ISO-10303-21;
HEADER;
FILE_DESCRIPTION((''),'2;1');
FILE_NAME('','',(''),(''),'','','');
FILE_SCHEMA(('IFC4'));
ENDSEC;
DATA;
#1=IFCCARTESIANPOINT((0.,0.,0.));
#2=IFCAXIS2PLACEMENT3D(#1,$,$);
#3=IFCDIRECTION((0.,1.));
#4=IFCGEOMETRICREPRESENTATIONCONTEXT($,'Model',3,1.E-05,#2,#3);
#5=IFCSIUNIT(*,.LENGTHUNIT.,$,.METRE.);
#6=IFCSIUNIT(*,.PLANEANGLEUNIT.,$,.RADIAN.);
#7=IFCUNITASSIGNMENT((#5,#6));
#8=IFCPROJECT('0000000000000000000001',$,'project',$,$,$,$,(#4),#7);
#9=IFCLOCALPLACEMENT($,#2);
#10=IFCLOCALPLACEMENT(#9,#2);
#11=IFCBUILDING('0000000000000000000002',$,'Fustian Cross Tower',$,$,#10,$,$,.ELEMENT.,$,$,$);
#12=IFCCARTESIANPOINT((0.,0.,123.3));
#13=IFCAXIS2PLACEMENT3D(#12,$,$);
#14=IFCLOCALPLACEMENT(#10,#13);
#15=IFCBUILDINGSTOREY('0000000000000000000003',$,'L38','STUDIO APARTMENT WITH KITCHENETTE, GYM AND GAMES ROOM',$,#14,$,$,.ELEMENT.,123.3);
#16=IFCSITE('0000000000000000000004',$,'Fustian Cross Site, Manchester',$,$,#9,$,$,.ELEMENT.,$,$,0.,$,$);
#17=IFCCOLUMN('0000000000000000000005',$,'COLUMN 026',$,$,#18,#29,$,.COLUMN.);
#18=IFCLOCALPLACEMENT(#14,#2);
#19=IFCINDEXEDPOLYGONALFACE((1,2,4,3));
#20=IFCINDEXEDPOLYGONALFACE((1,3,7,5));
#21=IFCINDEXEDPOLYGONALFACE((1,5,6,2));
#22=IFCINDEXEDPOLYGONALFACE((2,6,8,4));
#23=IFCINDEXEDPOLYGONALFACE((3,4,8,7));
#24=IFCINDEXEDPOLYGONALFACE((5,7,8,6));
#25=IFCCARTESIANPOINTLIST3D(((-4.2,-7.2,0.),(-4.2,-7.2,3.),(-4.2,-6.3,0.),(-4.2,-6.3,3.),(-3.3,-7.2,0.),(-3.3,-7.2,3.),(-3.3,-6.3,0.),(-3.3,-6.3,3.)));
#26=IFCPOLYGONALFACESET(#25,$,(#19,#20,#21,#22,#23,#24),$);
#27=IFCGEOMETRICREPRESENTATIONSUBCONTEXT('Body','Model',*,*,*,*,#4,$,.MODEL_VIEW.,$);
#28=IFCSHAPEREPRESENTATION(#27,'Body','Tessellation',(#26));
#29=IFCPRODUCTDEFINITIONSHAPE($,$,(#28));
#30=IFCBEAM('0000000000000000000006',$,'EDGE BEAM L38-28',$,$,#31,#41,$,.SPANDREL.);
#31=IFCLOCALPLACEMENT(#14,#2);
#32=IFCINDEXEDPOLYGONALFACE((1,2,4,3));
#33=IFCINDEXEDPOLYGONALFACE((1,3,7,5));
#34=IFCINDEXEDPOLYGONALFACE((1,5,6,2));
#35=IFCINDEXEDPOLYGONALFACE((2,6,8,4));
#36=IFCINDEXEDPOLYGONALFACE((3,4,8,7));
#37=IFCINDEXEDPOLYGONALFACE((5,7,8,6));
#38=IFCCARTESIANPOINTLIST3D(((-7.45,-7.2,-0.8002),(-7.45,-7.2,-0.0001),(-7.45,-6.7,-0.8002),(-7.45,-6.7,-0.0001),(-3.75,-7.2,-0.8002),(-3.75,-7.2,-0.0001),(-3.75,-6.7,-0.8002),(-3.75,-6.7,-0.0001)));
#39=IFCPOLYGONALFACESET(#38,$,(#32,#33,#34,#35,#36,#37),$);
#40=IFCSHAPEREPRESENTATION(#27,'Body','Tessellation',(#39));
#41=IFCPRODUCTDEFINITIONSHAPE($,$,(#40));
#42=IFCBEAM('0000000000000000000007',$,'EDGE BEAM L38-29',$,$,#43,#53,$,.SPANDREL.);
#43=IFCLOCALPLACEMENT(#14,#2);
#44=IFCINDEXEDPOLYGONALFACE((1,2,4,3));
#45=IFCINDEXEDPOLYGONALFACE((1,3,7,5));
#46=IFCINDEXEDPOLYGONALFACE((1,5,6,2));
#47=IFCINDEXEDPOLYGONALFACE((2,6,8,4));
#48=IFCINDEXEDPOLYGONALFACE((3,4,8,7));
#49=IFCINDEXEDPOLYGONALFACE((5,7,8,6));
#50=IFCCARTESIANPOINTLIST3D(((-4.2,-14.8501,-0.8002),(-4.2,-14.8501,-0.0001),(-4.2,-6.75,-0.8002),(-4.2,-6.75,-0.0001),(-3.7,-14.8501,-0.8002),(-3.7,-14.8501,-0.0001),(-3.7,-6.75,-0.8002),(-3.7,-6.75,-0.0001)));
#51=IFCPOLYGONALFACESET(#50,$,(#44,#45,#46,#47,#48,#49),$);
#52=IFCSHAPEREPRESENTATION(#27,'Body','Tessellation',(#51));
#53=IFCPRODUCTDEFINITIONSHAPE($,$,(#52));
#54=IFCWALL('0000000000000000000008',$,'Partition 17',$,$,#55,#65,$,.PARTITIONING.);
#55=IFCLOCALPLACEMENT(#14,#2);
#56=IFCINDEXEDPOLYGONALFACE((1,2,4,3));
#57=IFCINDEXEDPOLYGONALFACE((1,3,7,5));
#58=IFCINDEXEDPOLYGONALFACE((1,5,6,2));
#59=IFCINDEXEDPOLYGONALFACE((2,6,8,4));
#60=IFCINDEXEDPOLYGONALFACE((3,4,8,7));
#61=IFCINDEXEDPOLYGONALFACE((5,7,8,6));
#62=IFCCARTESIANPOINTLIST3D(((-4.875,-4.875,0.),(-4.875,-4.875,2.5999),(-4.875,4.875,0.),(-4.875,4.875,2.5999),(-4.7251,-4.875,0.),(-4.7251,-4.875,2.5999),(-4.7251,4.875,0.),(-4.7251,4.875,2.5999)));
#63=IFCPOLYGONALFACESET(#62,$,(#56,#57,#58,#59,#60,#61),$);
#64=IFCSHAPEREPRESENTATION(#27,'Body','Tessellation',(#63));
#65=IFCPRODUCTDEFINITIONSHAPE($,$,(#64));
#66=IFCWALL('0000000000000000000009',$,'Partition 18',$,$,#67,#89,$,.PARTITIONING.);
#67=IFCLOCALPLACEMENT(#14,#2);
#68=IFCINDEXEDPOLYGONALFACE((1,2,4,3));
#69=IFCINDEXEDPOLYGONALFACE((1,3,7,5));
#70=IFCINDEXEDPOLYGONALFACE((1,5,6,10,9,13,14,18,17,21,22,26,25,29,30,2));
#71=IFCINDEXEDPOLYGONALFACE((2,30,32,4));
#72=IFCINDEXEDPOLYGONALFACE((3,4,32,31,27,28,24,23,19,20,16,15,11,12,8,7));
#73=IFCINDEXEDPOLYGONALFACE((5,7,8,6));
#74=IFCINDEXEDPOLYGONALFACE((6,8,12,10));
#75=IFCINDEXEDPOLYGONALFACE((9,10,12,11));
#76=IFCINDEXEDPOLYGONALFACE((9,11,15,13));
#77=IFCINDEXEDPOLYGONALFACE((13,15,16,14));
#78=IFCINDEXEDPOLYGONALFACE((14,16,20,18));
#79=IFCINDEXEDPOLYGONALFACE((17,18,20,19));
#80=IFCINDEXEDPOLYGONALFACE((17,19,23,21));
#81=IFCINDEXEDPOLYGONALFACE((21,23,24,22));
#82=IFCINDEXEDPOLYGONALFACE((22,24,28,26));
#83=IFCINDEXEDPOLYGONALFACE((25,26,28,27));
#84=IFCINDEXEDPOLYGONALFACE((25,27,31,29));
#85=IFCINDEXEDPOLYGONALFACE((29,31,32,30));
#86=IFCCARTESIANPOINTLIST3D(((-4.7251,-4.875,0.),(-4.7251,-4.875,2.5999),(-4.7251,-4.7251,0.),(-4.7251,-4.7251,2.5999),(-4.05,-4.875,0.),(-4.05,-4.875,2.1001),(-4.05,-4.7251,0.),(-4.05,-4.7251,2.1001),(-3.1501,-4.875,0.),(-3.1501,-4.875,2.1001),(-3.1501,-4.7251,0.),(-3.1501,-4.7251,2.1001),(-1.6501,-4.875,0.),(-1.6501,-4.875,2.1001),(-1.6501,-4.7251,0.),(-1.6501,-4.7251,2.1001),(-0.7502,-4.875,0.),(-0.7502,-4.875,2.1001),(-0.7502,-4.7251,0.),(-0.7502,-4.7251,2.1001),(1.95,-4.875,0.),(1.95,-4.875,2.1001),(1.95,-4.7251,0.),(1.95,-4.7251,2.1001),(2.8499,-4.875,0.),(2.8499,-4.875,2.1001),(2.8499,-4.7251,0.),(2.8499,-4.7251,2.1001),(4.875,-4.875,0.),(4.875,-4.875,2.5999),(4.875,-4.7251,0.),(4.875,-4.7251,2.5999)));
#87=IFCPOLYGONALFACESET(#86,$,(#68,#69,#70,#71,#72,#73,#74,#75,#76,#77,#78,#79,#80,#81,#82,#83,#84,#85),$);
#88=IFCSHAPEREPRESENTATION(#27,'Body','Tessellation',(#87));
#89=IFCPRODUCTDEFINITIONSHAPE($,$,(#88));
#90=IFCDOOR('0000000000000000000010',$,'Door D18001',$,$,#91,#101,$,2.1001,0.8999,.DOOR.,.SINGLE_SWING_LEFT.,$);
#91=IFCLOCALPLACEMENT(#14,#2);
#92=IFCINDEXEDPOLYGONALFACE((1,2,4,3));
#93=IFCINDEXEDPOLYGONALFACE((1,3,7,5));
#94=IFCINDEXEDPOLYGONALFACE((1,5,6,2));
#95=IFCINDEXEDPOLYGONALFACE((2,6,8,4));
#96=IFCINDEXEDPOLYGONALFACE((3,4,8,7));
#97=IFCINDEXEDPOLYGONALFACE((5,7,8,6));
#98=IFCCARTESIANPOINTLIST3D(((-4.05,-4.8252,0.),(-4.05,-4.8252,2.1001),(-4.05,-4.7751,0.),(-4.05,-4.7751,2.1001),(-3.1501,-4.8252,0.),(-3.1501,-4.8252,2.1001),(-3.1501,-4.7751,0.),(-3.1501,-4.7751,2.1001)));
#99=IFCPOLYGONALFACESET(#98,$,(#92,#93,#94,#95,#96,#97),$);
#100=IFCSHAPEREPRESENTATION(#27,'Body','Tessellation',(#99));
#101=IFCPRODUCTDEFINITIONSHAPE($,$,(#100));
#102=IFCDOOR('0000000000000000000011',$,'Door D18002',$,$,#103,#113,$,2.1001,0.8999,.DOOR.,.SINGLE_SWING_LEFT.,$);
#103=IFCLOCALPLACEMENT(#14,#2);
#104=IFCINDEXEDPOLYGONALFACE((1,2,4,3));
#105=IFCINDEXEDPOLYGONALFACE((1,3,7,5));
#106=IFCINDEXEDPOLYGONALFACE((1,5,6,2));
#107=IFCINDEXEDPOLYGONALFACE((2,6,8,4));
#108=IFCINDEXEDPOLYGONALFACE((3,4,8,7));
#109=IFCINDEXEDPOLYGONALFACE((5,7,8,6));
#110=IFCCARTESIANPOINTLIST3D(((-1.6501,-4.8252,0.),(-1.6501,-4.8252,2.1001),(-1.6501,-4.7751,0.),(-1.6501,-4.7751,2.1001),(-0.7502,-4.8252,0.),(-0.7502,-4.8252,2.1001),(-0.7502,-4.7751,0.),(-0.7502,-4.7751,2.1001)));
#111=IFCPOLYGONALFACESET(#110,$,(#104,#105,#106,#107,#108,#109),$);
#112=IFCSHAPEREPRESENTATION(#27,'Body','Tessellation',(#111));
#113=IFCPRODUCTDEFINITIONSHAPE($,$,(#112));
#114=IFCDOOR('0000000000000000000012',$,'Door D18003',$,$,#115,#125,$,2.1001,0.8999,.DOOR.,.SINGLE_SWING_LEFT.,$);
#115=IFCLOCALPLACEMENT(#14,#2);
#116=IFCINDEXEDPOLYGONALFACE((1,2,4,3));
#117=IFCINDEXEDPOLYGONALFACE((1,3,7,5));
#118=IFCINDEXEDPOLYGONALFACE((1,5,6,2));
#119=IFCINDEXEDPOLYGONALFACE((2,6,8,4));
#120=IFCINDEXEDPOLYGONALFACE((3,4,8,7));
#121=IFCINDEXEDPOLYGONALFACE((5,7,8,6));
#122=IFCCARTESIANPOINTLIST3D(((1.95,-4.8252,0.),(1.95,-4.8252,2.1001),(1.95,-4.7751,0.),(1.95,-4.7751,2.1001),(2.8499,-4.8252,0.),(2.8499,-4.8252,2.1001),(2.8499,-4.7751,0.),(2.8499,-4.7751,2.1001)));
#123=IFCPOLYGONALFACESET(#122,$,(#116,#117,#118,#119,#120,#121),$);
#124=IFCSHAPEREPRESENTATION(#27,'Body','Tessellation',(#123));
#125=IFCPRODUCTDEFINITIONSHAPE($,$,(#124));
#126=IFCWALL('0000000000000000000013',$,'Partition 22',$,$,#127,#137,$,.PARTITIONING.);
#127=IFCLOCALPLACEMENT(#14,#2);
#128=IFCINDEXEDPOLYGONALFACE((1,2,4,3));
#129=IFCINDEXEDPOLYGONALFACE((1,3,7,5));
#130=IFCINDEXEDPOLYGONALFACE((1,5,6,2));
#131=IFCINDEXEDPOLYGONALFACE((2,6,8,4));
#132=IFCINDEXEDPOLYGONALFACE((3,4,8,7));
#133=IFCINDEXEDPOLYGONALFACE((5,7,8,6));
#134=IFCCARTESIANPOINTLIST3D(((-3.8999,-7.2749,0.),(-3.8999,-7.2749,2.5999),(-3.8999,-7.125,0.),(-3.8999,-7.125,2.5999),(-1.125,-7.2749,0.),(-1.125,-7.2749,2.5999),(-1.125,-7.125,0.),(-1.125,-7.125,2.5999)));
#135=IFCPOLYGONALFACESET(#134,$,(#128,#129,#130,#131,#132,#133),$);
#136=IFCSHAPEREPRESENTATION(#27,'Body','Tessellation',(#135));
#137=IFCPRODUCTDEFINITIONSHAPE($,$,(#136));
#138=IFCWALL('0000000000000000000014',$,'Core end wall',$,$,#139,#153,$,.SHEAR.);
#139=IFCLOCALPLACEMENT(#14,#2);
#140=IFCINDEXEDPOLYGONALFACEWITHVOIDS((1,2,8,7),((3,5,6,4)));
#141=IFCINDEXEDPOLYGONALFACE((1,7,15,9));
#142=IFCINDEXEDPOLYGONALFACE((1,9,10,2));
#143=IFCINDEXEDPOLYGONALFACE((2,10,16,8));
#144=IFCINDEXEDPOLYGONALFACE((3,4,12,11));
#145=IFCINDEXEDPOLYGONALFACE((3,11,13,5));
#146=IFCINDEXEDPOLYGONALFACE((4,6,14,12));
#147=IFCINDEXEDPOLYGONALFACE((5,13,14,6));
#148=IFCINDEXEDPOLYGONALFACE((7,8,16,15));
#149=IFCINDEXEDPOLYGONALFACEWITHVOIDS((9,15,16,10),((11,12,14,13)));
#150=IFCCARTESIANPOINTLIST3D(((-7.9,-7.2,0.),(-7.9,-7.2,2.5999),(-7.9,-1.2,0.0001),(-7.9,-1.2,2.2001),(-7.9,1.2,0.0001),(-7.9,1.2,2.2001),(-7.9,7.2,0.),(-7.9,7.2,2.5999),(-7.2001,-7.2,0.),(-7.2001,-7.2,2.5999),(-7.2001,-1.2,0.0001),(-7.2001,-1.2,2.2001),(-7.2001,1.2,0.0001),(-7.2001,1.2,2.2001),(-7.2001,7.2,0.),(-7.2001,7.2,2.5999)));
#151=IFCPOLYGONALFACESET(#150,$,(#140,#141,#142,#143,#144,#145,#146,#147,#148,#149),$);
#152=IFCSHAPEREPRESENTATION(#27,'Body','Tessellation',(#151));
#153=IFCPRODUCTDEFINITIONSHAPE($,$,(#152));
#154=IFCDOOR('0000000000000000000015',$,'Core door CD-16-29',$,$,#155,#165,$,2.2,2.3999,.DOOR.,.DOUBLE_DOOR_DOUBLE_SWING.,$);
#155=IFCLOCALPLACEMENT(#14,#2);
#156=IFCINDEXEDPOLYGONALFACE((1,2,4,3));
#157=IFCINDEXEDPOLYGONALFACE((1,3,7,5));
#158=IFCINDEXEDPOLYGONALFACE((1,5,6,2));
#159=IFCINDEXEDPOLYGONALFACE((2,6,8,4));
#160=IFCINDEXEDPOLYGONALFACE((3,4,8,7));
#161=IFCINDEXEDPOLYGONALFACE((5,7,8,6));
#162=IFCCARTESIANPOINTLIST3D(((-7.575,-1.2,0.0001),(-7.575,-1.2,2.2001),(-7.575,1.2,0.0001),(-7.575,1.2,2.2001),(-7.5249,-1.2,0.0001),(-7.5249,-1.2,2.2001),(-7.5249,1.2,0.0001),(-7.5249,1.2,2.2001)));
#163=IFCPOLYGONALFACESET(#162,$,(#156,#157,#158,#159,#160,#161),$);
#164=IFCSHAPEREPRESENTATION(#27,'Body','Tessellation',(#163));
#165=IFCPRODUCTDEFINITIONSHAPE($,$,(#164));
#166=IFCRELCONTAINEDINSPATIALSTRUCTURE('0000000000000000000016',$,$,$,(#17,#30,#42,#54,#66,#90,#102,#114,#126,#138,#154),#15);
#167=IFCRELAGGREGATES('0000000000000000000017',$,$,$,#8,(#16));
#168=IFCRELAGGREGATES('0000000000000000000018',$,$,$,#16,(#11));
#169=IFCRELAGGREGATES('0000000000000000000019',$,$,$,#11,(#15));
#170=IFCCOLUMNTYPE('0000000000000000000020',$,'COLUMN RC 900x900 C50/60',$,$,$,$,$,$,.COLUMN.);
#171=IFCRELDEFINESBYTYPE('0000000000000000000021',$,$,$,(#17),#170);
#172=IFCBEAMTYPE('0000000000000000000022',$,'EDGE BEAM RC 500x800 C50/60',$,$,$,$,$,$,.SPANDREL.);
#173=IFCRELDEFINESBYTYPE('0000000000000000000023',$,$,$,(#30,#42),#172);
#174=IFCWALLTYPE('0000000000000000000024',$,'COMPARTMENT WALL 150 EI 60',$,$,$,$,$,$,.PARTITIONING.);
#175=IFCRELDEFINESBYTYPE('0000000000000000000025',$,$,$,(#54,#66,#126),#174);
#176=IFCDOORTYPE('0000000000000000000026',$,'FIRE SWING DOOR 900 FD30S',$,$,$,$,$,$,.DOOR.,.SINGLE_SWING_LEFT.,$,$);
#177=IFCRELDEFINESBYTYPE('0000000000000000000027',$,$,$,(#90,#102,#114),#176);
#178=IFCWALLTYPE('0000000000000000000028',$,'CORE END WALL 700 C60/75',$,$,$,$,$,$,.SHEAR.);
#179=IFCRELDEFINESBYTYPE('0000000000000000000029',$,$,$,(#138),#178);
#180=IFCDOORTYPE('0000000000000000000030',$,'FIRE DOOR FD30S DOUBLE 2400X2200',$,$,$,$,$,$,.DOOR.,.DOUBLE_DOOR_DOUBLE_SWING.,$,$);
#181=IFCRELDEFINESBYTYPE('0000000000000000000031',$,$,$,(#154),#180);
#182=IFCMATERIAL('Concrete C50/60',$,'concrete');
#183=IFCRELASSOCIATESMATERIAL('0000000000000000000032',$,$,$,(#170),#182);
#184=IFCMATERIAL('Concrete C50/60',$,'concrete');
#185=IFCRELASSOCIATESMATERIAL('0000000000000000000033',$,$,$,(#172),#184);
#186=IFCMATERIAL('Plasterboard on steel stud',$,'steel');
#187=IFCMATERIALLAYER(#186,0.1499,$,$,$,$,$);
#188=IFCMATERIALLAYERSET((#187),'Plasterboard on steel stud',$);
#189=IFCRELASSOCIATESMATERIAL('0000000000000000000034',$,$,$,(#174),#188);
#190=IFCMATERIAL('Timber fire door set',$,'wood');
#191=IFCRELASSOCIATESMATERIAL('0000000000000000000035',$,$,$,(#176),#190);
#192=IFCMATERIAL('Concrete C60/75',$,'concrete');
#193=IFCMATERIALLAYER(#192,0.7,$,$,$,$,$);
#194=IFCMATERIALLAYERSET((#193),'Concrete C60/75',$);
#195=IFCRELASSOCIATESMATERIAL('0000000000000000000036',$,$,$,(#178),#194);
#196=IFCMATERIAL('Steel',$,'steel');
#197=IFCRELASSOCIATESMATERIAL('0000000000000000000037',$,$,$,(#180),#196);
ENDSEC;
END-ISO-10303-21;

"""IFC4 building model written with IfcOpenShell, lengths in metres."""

from ifc_helpers import new_model, si_unit, direction, frame, frame_2d, origin, origin_2d, place, context, subcontext, project, spatial, rectangle, extrude, material, layer, layer_set, material_profile, profile_set, type_object, element, fill, save


model = new_model("IFC4")

# Units and contexts
model_context = context("Model", 3, precision=1e-05, world=origin(), true_north=direction((0.0, 1.0)))
body_context = subcontext(model_context, "Body", "Model", "MODEL_VIEW")
ifc_project = project(units=[si_unit("LENGTHUNIT", "METRE"), si_unit("PLANEANGLEUNIT", "RADIAN")], contexts=[model_context])

# Site, building, storey
site_placement = place(None, origin())
site = spatial("IfcSite", under=ifc_project, at=site_placement, Name="Fustian Cross Site, Manchester", CompositionType="ELEMENT", RefElevation=0.0)
building_placement = place(site_placement, origin())
building = spatial("IfcBuilding", under=site, at=building_placement, Name="Fustian Cross Tower", CompositionType="ELEMENT")
storey_placement = place(building_placement, frame((0.0, 0.0, 123.3)))
storey = spatial("IfcBuildingStorey", under=building, at=storey_placement, Name="L38", Description="STUDIO APARTMENT WITH KITCHENETTE, GYM AND GAMES ROOM", CompositionType="ELEMENT", Elevation=123.3)

# Column
ifc_material_1 = material(Name="Concrete C50/60", Category="concrete")
ifc_material_profile_1 = material_profile(ifc_material_1, rectangle(XDim=0.8999, YDim=0.8999, at=origin_2d()), Name="RC 900x900")
ifc_profile_set_1 = profile_set([ifc_material_profile_1], Name="Concrete C50/60")
column_type = type_object("IfcColumnType", Name="COLUMN RC 900x900 C50/60", PredefinedType="COLUMN", material=ifc_profile_set_1)
column_placement = place(storey_placement, frame((-3.75, -6.75, 0.0), z_axis=(0.0, 0.0, 1.0), x_axis=(1.0, 0.0, 0.0)))
element("IfcColumn", 1, at=column_placement, inside=storey, type_object=column_type, Name="COLUMN 026", PredefinedType="COLUMN", context=body_context, shape_type="SweptSolid", body=[
    extrude(rectangle(XDim=0.8999, YDim=0.8999, at=origin_2d()), origin(), (0.0, 0.0, 1.0), 3.0),
])

# Beams
ifc_material_2 = material(Name="Concrete C50/60", Category="concrete")
ifc_material_profile_2 = material_profile(ifc_material_2, rectangle(XDim=0.5, YDim=0.8, at=origin_2d()), Name="RC 500x800")
ifc_profile_set_2 = profile_set([ifc_material_profile_2], Name="Concrete C50/60")
beam_type = type_object("IfcBeamType", Name="EDGE BEAM RC 500x800 C50/60", PredefinedType="SPANDREL", material=ifc_profile_set_2)
beam_1_placement = place(storey_placement, frame((-7.45, -6.95, -0.4001), z_axis=(1.0, 0.0, 0.0), x_axis=(0.0, 1.0, 0.0)))
element("IfcBeam", 2, at=beam_1_placement, inside=storey, type_object=beam_type, Name="EDGE BEAM L38-28", PredefinedType="SPANDREL", context=body_context, shape_type="SweptSolid", body=[
    extrude(rectangle(XDim=0.5, YDim=0.8, at=origin_2d()), origin(), (0.0, 0.0, 1.0), 3.7),
])
beam_2_placement = place(storey_placement, frame((-3.95, -6.75, -0.4001), z_axis=(0.0, -1.0, 0.0), x_axis=(1.0, 0.0, 0.0)))
element("IfcBeam", 3, at=beam_2_placement, inside=storey, type_object=beam_type, Name="EDGE BEAM L38-29", PredefinedType="SPANDREL", context=body_context, shape_type="SweptSolid", body=[
    extrude(rectangle(XDim=0.5, YDim=0.8, at=origin_2d()), origin(), (0.0, 0.0, 1.0), 8.1001),
])

# Wall
ifc_material_3 = material(Name="Plasterboard on steel stud", Category="steel")
ifc_layer_1 = layer(ifc_material_3, 0.1499)
ifc_layer_set_1 = layer_set([ifc_layer_1], Name="Plasterboard on steel stud")
wall_type_1 = type_object("IfcWallType", Name="COMPARTMENT WALL 150 EI 60", PredefinedType="PARTITIONING", material=ifc_layer_set_1)
wall_1_placement = place(storey_placement, frame((-4.8, -4.875, 0.0), z_axis=(0.0, 0.0, 1.0), x_axis=(0.0, 1.0, 0.0)))
element("IfcWall", 4, at=wall_1_placement, inside=storey, type_object=wall_type_1, Name="Partition 17", PredefinedType="PARTITIONING", context=body_context, shape_type="SweptSolid", body=[
    extrude(rectangle(XDim=9.75, YDim=0.1499, at=frame_2d((4.875, 0.0))), origin(), (0.0, 0.0, 1.0), 2.5999),
])

# Wall, openings, doors
wall_2_placement = place(storey_placement, frame((-4.7251, -4.8, 0.0), z_axis=(0.0, 0.0, 1.0), x_axis=(1.0, 0.0, 0.0)))
wall_2 = element("IfcWall", 5, at=wall_2_placement, inside=storey, type_object=wall_type_1, Name="Partition 18", PredefinedType="PARTITIONING", context=body_context, shape_type="SweptSolid", body=[
    extrude(rectangle(XDim=9.6001, YDim=0.1499, at=frame_2d((4.8, 0.0))), origin(), (0.0, 0.0, 1.0), 2.5999),
])
opening_1_placement = place(wall_2_placement, frame((0.675, 0.0, 0.0)))
opening_1 = element("IfcOpeningElement", 6, at=opening_1_placement, cuts=wall_2, PredefinedType="OPENING", context=body_context, shape_type="SweptSolid", body=[
    extrude(rectangle(XDim=0.8999, YDim=2.1001, at=frame_2d((0.45, 1.05))), frame((0.0, 0.085, 0.0), z_axis=(0.0, -1.0, 0.0), x_axis=(1.0, 0.0, 0.0)), (0.0, 0.0, 1.0), 0.1699),
])
opening_2_placement = place(wall_2_placement, frame((3.075, 0.0, 0.0)))
opening_2 = element("IfcOpeningElement", 7, at=opening_2_placement, cuts=wall_2, PredefinedType="OPENING", context=body_context, shape_type="SweptSolid", body=[
    extrude(rectangle(XDim=0.8999, YDim=2.1001, at=frame_2d((0.45, 1.05))), frame((0.0, 0.085, 0.0), z_axis=(0.0, -1.0, 0.0), x_axis=(1.0, 0.0, 0.0)), (0.0, 0.0, 1.0), 0.1699),
])
opening_3_placement = place(wall_2_placement, frame((6.675, 0.0, 0.0)))
opening_3 = element("IfcOpeningElement", 8, at=opening_3_placement, cuts=wall_2, PredefinedType="OPENING", context=body_context, shape_type="SweptSolid", body=[
    extrude(rectangle(XDim=0.8999, YDim=2.1001, at=frame_2d((0.45, 1.05))), frame((0.0, 0.085, 0.0), z_axis=(0.0, -1.0, 0.0), x_axis=(1.0, 0.0, 0.0)), (0.0, 0.0, 1.0), 0.1699),
])
ifc_material_4 = material(Name="Timber fire door set", Category="wood")
door_type_1 = type_object("IfcDoorType", Name="FIRE SWING DOOR 900 FD30S", OperationType="SINGLE_SWING_LEFT", PredefinedType="DOOR", material=ifc_material_4)
door_1_placement = place(opening_1_placement, origin())
door_1 = element("IfcDoor", 9, at=door_1_placement, inside=storey, type_object=door_type_1, Name="Door D18001", OperationType="SINGLE_SWING_LEFT", OverallHeight=2.1001, OverallWidth=0.8999, PredefinedType="DOOR", context=body_context, shape_type="SweptSolid", body=[
    extrude(rectangle(XDim=0.8999, YDim=2.1001, at=frame_2d((0.45, 1.05))), frame((0.0, 0.0249, 0.0), z_axis=(0.0, -1.0, 0.0), x_axis=(1.0, 0.0, 0.0)), (0.0, 0.0, 1.0), 0.05),
])
fill(opening_1, door_1)
door_2_placement = place(opening_2_placement, origin())
door_2 = element("IfcDoor", 10, at=door_2_placement, inside=storey, type_object=door_type_1, Name="Door D18002", OperationType="SINGLE_SWING_LEFT", OverallHeight=2.1001, OverallWidth=0.8999, PredefinedType="DOOR", context=body_context, shape_type="SweptSolid", body=[
    extrude(rectangle(XDim=0.8999, YDim=2.1001, at=frame_2d((0.45, 1.05))), frame((0.0, 0.0249, 0.0), z_axis=(0.0, -1.0, 0.0), x_axis=(1.0, 0.0, 0.0)), (0.0, 0.0, 1.0), 0.05),
])
fill(opening_2, door_2)
door_3_placement = place(opening_3_placement, origin())
door_3 = element("IfcDoor", 11, at=door_3_placement, inside=storey, type_object=door_type_1, Name="Door D18003", OperationType="SINGLE_SWING_LEFT", OverallHeight=2.1001, OverallWidth=0.8999, PredefinedType="DOOR", context=body_context, shape_type="SweptSolid", body=[
    extrude(rectangle(XDim=0.8999, YDim=2.1001, at=frame_2d((0.45, 1.05))), frame((0.0, 0.0249, 0.0), z_axis=(0.0, -1.0, 0.0), x_axis=(1.0, 0.0, 0.0)), (0.0, 0.0, 1.0), 0.05),
])
fill(opening_3, door_3)

# Wall
wall_3_placement = place(storey_placement, frame((-3.8999, -7.2, 0.0), z_axis=(0.0, 0.0, 1.0), x_axis=(1.0, 0.0, 0.0)))
element("IfcWall", 12, at=wall_3_placement, inside=storey, type_object=wall_type_1, Name="Partition 22", PredefinedType="PARTITIONING", context=body_context, shape_type="SweptSolid", body=[
    extrude(rectangle(XDim=2.7749, YDim=0.1499, at=frame_2d((1.3875, 0.0))), origin(), (0.0, 0.0, 1.0), 2.5999),
])

# Wall, opening, door
ifc_material_5 = material(Name="Concrete C60/75", Category="concrete")
ifc_layer_2 = layer(ifc_material_5, 0.7)
ifc_layer_set_2 = layer_set([ifc_layer_2], Name="Concrete C60/75")
wall_type_2 = type_object("IfcWallType", Name="CORE END WALL 700 C60/75", PredefinedType="SHEAR", material=ifc_layer_set_2)
wall_4_placement = place(storey_placement, frame((-7.55, -7.2, 0.0), z_axis=(0.0, 0.0, 1.0), x_axis=(0.0, 1.0, 0.0)))
wall_4 = element("IfcWall", 13, at=wall_4_placement, inside=storey, type_object=wall_type_2, Name="Core end wall", PredefinedType="SHEAR", context=body_context, shape_type="SweptSolid", body=[
    extrude(rectangle(XDim=14.3999, YDim=0.7, at=frame_2d((7.2, 0.0))), origin(), (0.0, 0.0, 1.0), 2.5999),
])
opening_4_placement = place(wall_4_placement, frame((6.0, 0.0, 0.0)))
opening_4 = element("IfcOpeningElement", 14, at=opening_4_placement, cuts=wall_4, PredefinedType="OPENING", context=body_context, shape_type="SweptSolid", body=[
    extrude(rectangle(XDim=2.3999, YDim=2.2, at=frame_2d((1.2, 1.1001))), frame((0.0, 0.3599, 0.0), z_axis=(0.0, -1.0, 0.0), x_axis=(1.0, 0.0, 0.0)), (0.0, 0.0, 1.0), 0.72),
])
ifc_material_6 = material(Name="Steel", Category="steel")
door_type_2 = type_object("IfcDoorType", Name="FIRE DOOR FD30S DOUBLE 2400X2200", OperationType="DOUBLE_DOOR_DOUBLE_SWING", PredefinedType="DOOR", material=ifc_material_6)
door_4_placement = place(opening_4_placement, origin())
door_4 = element("IfcDoor", 15, at=door_4_placement, inside=storey, type_object=door_type_2, Name="Core door CD-16-29", OperationType="DOUBLE_DOOR_DOUBLE_SWING", OverallHeight=2.2, OverallWidth=2.3999, PredefinedType="DOOR", context=body_context, shape_type="SweptSolid", body=[
    extrude(rectangle(XDim=2.3999, YDim=2.2, at=frame_2d((1.2, 1.1001))), frame((0.0, 0.0249, 0.0), z_axis=(0.0, -1.0, 0.0), x_axis=(1.0, 0.0, 0.0)), (0.0, 0.0, 1.0), 0.05),
])
fill(opening_4, door_4)

save(model, "model.ifc")
